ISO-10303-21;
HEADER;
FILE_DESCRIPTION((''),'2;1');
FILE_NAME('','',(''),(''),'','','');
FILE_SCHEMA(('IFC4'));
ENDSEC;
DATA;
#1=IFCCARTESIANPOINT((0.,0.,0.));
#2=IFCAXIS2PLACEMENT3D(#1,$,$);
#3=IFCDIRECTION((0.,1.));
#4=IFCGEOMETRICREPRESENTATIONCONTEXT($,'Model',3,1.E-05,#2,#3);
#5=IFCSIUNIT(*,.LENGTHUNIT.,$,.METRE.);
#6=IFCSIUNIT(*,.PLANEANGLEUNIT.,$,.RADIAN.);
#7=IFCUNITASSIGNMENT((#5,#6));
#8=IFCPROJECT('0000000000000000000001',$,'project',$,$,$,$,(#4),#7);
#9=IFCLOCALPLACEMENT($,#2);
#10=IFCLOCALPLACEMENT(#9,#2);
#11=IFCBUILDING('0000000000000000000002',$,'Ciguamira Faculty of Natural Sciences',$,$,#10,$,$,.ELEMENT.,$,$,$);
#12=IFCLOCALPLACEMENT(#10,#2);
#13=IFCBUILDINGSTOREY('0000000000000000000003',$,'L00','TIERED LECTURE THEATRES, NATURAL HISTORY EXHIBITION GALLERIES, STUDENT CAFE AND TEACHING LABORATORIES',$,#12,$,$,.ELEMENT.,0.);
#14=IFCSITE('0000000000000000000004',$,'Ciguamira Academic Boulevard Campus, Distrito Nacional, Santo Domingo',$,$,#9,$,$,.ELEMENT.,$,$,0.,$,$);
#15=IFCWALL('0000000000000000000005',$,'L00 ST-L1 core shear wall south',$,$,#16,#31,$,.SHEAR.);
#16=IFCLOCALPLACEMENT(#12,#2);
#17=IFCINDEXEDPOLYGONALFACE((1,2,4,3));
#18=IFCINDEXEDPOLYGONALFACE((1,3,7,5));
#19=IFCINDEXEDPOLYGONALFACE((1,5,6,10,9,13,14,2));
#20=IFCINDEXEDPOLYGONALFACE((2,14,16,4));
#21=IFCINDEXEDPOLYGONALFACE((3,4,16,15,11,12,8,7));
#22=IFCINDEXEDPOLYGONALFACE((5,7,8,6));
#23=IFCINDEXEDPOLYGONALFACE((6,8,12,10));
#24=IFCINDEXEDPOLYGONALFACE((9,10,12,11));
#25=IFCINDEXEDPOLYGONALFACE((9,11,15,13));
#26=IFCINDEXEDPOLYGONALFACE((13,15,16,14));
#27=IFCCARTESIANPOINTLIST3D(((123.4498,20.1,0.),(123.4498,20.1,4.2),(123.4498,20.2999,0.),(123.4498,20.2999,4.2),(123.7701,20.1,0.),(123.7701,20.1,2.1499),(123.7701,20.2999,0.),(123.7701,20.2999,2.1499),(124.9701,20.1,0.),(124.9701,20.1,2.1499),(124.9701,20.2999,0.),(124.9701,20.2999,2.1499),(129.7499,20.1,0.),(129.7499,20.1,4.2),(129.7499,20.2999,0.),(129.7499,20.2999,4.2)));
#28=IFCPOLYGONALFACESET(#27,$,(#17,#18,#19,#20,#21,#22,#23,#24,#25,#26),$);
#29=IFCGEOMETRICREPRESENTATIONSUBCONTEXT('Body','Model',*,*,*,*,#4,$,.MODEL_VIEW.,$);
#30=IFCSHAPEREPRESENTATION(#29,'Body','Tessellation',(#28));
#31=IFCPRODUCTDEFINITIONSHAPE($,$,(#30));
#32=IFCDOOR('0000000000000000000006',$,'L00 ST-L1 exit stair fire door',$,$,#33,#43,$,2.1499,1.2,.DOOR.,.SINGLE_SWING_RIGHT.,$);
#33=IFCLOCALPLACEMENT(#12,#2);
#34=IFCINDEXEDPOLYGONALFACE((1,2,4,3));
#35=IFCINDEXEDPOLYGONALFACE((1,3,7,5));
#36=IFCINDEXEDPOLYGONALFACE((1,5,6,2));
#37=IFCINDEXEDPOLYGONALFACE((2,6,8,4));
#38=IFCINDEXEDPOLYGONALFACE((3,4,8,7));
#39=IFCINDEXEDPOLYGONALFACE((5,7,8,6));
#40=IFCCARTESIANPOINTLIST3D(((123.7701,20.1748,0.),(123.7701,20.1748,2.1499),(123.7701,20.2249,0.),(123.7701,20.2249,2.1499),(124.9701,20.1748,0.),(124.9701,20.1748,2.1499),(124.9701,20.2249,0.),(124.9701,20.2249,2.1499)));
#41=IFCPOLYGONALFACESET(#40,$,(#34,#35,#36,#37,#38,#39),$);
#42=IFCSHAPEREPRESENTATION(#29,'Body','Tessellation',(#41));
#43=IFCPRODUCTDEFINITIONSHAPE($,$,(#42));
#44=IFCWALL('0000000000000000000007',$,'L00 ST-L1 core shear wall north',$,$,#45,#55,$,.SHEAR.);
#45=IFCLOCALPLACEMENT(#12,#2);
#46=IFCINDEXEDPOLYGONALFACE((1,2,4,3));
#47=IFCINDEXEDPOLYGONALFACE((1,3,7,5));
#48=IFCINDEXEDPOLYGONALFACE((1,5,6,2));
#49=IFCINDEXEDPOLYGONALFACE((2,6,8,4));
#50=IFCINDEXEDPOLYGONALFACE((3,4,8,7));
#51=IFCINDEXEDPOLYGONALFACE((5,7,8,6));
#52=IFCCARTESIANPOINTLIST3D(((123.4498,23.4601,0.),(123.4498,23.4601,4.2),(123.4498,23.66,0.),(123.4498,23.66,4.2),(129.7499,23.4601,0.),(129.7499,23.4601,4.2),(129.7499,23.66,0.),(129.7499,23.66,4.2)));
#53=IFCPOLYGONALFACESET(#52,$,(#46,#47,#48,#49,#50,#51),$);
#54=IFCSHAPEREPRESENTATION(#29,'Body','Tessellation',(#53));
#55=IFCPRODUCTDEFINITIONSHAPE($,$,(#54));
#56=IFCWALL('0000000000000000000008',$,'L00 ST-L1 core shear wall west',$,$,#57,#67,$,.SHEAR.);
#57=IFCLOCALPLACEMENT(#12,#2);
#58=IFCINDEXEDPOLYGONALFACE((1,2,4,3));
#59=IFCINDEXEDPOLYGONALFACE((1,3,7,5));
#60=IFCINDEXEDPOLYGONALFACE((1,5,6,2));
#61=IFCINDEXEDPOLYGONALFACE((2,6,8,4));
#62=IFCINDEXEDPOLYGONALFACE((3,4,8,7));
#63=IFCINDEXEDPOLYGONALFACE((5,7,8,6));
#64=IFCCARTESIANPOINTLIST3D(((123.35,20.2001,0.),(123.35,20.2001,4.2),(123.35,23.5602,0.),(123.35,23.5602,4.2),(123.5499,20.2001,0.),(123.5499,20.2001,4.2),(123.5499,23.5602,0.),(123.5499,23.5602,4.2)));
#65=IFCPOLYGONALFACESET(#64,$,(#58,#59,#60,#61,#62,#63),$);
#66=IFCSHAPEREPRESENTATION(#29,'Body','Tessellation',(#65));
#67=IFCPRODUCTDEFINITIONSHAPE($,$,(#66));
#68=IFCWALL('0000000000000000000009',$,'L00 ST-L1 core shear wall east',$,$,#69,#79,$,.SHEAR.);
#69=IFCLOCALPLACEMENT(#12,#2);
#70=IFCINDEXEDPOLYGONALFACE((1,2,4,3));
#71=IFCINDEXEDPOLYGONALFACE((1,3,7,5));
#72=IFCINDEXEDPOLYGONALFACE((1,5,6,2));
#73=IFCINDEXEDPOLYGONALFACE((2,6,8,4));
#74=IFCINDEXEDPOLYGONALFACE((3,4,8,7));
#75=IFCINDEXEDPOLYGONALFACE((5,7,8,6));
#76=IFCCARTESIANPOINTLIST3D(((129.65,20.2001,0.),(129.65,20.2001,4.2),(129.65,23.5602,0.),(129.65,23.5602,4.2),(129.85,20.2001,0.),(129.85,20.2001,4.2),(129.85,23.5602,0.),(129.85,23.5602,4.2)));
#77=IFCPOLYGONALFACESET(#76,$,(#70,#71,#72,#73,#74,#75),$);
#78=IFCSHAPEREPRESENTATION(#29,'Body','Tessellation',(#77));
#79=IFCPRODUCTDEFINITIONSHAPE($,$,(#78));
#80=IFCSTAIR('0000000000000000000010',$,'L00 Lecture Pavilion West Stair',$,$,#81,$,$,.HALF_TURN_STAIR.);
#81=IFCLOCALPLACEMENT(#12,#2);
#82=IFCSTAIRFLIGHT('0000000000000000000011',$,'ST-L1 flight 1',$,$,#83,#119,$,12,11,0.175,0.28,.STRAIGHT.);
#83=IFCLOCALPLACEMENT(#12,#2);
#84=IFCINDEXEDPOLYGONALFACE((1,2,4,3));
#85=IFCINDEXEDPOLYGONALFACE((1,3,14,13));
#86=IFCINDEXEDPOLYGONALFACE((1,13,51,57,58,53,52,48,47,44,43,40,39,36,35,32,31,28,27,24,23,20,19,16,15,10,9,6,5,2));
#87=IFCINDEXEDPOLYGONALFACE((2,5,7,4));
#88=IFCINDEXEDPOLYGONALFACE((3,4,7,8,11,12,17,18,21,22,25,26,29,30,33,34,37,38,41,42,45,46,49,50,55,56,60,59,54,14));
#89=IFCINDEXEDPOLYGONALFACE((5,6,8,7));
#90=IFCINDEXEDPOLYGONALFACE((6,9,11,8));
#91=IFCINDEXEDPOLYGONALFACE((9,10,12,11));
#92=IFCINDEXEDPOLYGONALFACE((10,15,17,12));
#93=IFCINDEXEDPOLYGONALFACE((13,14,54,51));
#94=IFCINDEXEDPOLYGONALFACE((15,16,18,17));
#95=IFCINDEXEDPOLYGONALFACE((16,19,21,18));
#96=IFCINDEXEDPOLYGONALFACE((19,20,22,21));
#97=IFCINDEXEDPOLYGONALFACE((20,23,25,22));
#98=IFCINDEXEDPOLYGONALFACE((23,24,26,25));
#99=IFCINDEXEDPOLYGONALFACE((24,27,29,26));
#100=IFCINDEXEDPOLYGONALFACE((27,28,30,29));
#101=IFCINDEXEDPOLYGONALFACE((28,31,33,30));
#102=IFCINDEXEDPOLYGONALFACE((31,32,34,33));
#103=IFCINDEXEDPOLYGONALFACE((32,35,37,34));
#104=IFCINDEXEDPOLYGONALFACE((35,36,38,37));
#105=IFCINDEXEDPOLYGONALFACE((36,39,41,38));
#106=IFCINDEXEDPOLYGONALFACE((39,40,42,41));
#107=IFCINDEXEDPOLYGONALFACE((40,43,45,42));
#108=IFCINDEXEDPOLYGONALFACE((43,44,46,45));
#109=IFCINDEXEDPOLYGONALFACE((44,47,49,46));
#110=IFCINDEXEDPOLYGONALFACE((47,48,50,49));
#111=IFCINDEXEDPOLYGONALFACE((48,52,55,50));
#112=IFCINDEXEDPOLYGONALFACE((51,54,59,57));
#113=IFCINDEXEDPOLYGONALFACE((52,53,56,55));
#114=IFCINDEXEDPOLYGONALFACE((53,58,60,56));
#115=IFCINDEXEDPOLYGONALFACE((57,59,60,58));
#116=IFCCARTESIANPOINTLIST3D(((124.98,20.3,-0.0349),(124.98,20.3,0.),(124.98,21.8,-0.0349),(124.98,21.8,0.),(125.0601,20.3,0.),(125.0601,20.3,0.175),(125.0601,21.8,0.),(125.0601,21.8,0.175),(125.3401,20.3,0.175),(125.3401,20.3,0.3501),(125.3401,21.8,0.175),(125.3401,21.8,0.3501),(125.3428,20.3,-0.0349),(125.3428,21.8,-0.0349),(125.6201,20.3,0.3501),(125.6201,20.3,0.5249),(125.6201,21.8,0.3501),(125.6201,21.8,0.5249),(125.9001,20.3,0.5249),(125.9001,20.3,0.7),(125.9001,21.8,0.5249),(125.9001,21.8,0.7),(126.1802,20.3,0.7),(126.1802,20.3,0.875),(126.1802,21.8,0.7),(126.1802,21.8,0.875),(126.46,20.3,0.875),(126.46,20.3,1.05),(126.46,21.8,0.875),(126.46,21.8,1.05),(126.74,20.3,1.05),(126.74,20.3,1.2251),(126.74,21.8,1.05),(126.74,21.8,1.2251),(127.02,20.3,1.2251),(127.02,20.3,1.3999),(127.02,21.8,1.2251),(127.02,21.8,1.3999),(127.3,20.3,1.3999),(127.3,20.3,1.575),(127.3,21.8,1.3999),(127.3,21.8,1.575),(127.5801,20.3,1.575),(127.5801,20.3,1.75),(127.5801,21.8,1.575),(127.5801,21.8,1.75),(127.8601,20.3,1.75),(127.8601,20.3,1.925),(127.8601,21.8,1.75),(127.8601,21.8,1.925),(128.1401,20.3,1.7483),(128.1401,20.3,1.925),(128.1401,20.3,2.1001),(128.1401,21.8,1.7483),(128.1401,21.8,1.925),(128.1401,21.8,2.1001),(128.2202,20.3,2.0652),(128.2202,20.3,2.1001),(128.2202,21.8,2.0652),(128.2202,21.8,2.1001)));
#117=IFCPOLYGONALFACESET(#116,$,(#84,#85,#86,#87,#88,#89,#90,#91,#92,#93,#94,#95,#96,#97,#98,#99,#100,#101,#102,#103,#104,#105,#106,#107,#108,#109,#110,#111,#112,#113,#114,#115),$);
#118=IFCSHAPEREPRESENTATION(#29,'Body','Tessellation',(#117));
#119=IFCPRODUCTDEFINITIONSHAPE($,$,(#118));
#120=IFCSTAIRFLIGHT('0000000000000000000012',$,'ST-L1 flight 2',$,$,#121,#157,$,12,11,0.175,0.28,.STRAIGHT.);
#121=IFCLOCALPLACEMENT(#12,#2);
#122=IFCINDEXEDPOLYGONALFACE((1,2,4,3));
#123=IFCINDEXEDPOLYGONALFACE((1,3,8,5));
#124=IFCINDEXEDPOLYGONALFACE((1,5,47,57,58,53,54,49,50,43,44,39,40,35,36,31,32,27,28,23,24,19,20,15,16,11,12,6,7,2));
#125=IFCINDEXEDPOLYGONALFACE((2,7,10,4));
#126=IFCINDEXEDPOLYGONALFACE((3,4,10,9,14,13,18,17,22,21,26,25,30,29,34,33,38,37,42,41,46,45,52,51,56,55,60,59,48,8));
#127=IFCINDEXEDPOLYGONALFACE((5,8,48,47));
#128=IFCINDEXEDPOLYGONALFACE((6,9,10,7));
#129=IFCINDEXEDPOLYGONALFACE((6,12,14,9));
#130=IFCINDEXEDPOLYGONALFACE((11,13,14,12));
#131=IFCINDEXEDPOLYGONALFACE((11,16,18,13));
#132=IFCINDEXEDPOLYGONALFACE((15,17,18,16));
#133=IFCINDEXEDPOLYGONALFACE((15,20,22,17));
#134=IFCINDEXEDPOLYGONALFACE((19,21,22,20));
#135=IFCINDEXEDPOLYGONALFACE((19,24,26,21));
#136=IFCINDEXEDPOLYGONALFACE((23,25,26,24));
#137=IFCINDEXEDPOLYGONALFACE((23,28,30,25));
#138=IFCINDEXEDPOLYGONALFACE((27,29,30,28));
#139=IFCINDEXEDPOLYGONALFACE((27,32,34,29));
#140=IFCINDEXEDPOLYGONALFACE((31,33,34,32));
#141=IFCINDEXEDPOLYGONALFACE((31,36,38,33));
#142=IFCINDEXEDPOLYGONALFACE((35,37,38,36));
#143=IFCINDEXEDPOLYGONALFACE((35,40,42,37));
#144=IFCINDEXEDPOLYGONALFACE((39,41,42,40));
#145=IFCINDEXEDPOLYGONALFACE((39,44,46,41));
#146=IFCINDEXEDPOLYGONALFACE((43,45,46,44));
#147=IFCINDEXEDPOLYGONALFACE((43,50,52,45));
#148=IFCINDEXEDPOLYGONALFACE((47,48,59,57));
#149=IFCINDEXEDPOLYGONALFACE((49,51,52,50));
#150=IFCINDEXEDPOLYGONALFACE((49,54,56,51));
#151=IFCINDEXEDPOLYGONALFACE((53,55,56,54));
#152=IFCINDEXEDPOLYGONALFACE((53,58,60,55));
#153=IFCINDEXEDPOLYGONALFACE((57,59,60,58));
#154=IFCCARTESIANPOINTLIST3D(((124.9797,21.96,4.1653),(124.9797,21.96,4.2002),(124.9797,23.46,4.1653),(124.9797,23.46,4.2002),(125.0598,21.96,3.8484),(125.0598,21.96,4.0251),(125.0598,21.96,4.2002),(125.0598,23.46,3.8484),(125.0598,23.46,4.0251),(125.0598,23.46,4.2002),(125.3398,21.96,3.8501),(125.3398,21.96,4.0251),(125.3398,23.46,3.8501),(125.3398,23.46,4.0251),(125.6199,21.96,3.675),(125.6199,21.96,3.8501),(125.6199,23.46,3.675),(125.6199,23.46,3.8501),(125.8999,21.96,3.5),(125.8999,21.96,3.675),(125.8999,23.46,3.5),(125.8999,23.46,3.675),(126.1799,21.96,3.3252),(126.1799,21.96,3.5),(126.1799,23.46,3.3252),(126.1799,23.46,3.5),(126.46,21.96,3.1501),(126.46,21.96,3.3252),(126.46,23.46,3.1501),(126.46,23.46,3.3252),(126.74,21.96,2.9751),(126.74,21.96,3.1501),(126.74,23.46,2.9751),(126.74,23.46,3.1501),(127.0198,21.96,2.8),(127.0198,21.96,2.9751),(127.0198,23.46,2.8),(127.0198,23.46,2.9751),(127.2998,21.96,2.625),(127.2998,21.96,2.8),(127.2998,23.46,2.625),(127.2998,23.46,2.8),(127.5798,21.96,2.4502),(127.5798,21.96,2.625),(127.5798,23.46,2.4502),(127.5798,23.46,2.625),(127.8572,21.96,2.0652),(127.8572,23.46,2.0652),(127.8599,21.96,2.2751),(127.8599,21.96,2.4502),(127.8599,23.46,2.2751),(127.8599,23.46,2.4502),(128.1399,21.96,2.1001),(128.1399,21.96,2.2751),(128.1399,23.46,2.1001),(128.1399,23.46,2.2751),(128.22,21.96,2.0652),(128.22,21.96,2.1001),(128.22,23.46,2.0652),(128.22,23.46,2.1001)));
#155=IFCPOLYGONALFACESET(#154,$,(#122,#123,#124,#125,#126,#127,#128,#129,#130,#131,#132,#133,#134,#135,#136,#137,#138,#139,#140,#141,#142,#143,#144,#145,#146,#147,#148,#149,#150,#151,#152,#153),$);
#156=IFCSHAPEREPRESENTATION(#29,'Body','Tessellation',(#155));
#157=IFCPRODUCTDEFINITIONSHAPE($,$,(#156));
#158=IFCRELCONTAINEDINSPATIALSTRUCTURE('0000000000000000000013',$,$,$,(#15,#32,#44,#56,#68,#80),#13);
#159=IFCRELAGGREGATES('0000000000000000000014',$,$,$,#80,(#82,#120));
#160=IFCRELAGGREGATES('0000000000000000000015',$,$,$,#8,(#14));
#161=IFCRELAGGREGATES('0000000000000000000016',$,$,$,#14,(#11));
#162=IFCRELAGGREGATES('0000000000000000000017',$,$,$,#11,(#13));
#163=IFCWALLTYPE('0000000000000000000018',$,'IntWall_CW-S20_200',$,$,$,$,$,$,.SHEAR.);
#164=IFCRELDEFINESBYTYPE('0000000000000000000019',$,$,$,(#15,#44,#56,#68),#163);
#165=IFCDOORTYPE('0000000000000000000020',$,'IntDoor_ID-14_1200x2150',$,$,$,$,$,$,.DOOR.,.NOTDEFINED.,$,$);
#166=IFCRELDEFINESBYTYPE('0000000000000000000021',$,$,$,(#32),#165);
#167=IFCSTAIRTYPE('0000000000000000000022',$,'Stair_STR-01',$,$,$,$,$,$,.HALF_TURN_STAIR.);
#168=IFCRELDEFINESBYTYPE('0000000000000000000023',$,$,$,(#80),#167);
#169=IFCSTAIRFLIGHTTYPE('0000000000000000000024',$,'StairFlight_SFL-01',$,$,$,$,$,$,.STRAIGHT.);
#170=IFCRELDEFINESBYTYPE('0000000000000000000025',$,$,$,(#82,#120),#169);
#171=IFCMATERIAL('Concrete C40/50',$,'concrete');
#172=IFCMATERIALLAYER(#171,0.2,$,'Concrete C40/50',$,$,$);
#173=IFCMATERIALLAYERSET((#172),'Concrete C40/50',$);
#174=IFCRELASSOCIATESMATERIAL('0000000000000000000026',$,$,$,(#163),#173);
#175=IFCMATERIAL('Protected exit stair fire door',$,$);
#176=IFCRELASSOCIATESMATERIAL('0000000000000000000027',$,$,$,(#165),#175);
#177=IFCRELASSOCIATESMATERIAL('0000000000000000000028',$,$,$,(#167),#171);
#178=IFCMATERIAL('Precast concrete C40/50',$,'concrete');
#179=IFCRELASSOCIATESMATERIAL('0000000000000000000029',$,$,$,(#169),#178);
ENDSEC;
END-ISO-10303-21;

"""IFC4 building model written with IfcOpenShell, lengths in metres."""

from ifc_helpers import new_model, si_unit, direction, frame, frame_2d, origin, place, context, subcontext, project, spatial, polyline, rectangle, outline, extrude, material, layer, layer_set, type_object, element, fill, aggregate, save


model = new_model("IFC4")

# Units and contexts
model_context = context("Model", 3, precision=1e-05, world=origin(), true_north=direction((0.0, 1.0)))
body_context = subcontext(model_context, "Body", "Model", "MODEL_VIEW")
ifc_project = project(units=[si_unit("LENGTHUNIT", "METRE"), si_unit("PLANEANGLEUNIT", "RADIAN")], contexts=[model_context])

# Site, building, storey
site_placement = place(None, origin())
site = spatial("IfcSite", under=ifc_project, at=site_placement, Name="Ciguamira Academic Boulevard Campus, Distrito Nacional, Santo Domingo", CompositionType="ELEMENT", RefElevation=0.0)
building_placement = place(site_placement, origin())
building = spatial("IfcBuilding", under=site, at=building_placement, Name="Ciguamira Faculty of Natural Sciences", CompositionType="ELEMENT")
storey_placement = place(building_placement, origin())
storey = spatial("IfcBuildingStorey", under=building, at=storey_placement, Name="L00", Description="TIERED LECTURE THEATRES, NATURAL HISTORY EXHIBITION GALLERIES, STUDENT CAFE AND TEACHING LABORATORIES", CompositionType="ELEMENT", Elevation=0.0)

# Shared definitions
ifc_material_1 = material(Name="Concrete C40/50", Category="concrete")

# Shared definitions
ifc_material_2 = material(Name="Precast concrete C40/50", Category="concrete")

# Wall, opening, door
ifc_layer_1 = layer(ifc_material_1, 0.2, Name="Concrete C40/50")
ifc_layer_set_1 = layer_set([ifc_layer_1], Name="Concrete C40/50")
wall_type_1 = type_object("IfcWallType", Name="IntWall_CW-S20_200", PredefinedType="SHEAR", material=ifc_layer_set_1)
wall_1_placement = place(storey_placement, frame((123.45, 20.2, 0.0), z_axis=(0.0, 0.0, 1.0), x_axis=(1.0, 0.0, 0.0)))
wall_1 = element("IfcWall", 1, at=wall_1_placement, inside=storey, type_object=wall_type_1, Name="L00 ST-L1 core shear wall south", PredefinedType="SHEAR", context=body_context, shape_type="SweptSolid", body=[
    extrude(rectangle(XDim=6.3, YDim=0.2, at=frame_2d((3.1499, 0.0))), origin(), (0.0, 0.0, 1.0), 4.2),
])
opening_1_placement = place(wall_1_placement, frame((0.3201, 0.0, 0.0)))
opening_1 = element("IfcOpeningElement", 2, at=opening_1_placement, cuts=wall_1, PredefinedType="OPENING", context=body_context, shape_type="SweptSolid", body=[
    extrude(rectangle(XDim=1.2, YDim=2.1499, at=frame_2d((0.6001, 1.075))), frame((0.0, 0.1099, 0.0), z_axis=(0.0, -1.0, 0.0), x_axis=(1.0, 0.0, 0.0)), (0.0, 0.0, 1.0), 0.22),
])
ifc_material_3 = material(Name="Protected exit stair fire door")
door_type = type_object("IfcDoorType", Name="IntDoor_ID-14_1200x2150", OperationType="NOTDEFINED", PredefinedType="DOOR", material=ifc_material_3)
door_placement = place(opening_1_placement, origin())
door = element("IfcDoor", 3, at=door_placement, inside=storey, type_object=door_type, Name="L00 ST-L1 exit stair fire door", OperationType="SINGLE_SWING_RIGHT", OverallHeight=2.1499, OverallWidth=1.2, PredefinedType="DOOR", context=body_context, shape_type="SweptSolid", body=[
    extrude(rectangle(XDim=1.2, YDim=2.1499, at=frame_2d((0.6001, 1.075))), frame((0.0, 0.0249, 0.0), z_axis=(0.0, -1.0, 0.0), x_axis=(1.0, 0.0, 0.0)), (0.0, 0.0, 1.0), 0.05),
])
fill(opening_1, door)

# Walls
wall_2_placement = place(storey_placement, frame((123.45, 23.5601, 0.0), z_axis=(0.0, 0.0, 1.0), x_axis=(1.0, 0.0, 0.0)))
element("IfcWall", 4, at=wall_2_placement, inside=storey, type_object=wall_type_1, Name="L00 ST-L1 core shear wall north", PredefinedType="SHEAR", context=body_context, shape_type="SweptSolid", body=[
    extrude(rectangle(XDim=6.3, YDim=0.2, at=frame_2d((3.1499, 0.0))), origin(), (0.0, 0.0, 1.0), 4.2),
])
for number, where, z_axis, x_axis, name in (
    (5, (123.45, 20.2, 0.0), (0.0, 0.0, 1.0), (0.0, 1.0, 0.0), "L00 ST-L1 core shear wall west"),
    (6, (129.75, 20.2, 0.0), (0.0, 0.0, 1.0), (0.0, 1.0, 0.0), "L00 ST-L1 core shear wall east"),
):
    element("IfcWall", number, at=place(storey_placement, frame(where, z_axis=z_axis, x_axis=x_axis)), inside=storey, type_object=wall_type_1, Name=name, PredefinedType="SHEAR", context=body_context, shape_type="SweptSolid", body=[
        extrude(rectangle(XDim=3.3601, YDim=0.2, at=frame_2d((1.6802, 0.0))), origin(), (0.0, 0.0, 1.0), 4.2),
    ])

# Stair, stair flights
stair_type = type_object("IfcStairType", Name="Stair_STR-01", PredefinedType="HALF_TURN_STAIR", material=ifc_material_1)
stair_placement = place(storey_placement, origin())
stair = element("IfcStair", 7, at=stair_placement, inside=storey, type_object=stair_type, Name="L00 Lecture Pavilion West Stair", PredefinedType="HALF_TURN_STAIR")
stair_flight_type = type_object("IfcStairFlightType", Name="StairFlight_SFL-01", PredefinedType="STRAIGHT", material=ifc_material_2)
stair_flight_1_placement = place(storey_placement, frame((125.0601, 21.05, 0.0), z_axis=(0.0, 0.0, 1.0), x_axis=(1.0, 0.0, 0.0)))
stair_flight_1 = element("IfcStairFlight", 8, at=stair_flight_1_placement, type_object=stair_flight_type, Name="ST-L1 flight 1", NumberOfRisers=12, NumberOfTreads=11, PredefinedType="STRAIGHT", RiserHeight=0.175, TreadLength=0.28, context=body_context, shape_type="SweptSolid", body=[
    extrude(outline(polyline([(-0.0801, -0.0349), (-0.0801, 0.0), (0.0, 0.0), (0.0, 0.175), (0.28, 0.175), (0.28, 0.3501), (0.5601, 0.3501), (0.5601, 0.5249), (0.8401, 0.5249), (0.8401, 0.7), (1.1201, 0.7), (1.1201, 0.875), (1.3999, 0.875), (1.3999, 1.05), (1.6799, 1.05), (1.6799, 1.2251), (1.96, 1.2251), (1.96, 1.3999), (2.24, 1.3999), (2.24, 1.575), (2.52, 1.575), (2.52, 1.75), (2.8, 1.75), (2.8, 1.925), (3.0801, 1.925), (3.0801, 2.1001), (3.1602, 2.1001), (3.1602, 2.0652), (3.0801, 1.7483), (0.2827, -0.0349), (-0.0801, -0.0349)])), frame((0.0, 0.75, 0.0), z_axis=(0.0, -1.0, 0.0), x_axis=(1.0, 0.0, 0.0)), (0.0, 0.0, 1.0), 1.5),
])
stair_flight_2_placement = place(storey_placement, frame((128.1399, 22.71, 2.1001), z_axis=(0.0, 0.0, 1.0), x_axis=(-1.0, 0.0, 0.0)))
stair_flight_2 = element("IfcStairFlight", 9, at=stair_flight_2_placement, type_object=stair_flight_type, Name="ST-L1 flight 2", NumberOfRisers=12, NumberOfTreads=11, PredefinedType="STRAIGHT", RiserHeight=0.175, TreadLength=0.28, context=body_context, shape_type="SweptSolid", body=[
    extrude(outline(polyline([(-0.0801, -0.0349), (-0.0801, 0.0), (0.0, 0.0), (0.0, 0.175), (0.28, 0.175), (0.28, 0.3501), (0.5601, 0.3501), (0.5601, 0.5249), (0.8401, 0.5249), (0.8401, 0.7), (1.1201, 0.7), (1.1201, 0.875), (1.3999, 0.875), (1.3999, 1.05), (1.6799, 1.05), (1.6799, 1.2251), (1.96, 1.2251), (1.96, 1.3999), (2.24, 1.3999), (2.24, 1.575), (2.52, 1.575), (2.52, 1.75), (2.8, 1.75), (2.8, 1.925), (3.0801, 1.925), (3.0801, 2.1001), (3.1602, 2.1001), (3.1602, 2.0652), (3.0801, 1.7483), (0.2827, -0.0349), (-0.0801, -0.0349)])), frame((0.0, 0.75, 0.0), z_axis=(0.0, -1.0, 0.0), x_axis=(1.0, 0.0, 0.0)), (0.0, 0.0, 1.0), 1.5),
])
aggregate(stair, [stair_flight_1, stair_flight_2])

save(model, "model.ifc")
